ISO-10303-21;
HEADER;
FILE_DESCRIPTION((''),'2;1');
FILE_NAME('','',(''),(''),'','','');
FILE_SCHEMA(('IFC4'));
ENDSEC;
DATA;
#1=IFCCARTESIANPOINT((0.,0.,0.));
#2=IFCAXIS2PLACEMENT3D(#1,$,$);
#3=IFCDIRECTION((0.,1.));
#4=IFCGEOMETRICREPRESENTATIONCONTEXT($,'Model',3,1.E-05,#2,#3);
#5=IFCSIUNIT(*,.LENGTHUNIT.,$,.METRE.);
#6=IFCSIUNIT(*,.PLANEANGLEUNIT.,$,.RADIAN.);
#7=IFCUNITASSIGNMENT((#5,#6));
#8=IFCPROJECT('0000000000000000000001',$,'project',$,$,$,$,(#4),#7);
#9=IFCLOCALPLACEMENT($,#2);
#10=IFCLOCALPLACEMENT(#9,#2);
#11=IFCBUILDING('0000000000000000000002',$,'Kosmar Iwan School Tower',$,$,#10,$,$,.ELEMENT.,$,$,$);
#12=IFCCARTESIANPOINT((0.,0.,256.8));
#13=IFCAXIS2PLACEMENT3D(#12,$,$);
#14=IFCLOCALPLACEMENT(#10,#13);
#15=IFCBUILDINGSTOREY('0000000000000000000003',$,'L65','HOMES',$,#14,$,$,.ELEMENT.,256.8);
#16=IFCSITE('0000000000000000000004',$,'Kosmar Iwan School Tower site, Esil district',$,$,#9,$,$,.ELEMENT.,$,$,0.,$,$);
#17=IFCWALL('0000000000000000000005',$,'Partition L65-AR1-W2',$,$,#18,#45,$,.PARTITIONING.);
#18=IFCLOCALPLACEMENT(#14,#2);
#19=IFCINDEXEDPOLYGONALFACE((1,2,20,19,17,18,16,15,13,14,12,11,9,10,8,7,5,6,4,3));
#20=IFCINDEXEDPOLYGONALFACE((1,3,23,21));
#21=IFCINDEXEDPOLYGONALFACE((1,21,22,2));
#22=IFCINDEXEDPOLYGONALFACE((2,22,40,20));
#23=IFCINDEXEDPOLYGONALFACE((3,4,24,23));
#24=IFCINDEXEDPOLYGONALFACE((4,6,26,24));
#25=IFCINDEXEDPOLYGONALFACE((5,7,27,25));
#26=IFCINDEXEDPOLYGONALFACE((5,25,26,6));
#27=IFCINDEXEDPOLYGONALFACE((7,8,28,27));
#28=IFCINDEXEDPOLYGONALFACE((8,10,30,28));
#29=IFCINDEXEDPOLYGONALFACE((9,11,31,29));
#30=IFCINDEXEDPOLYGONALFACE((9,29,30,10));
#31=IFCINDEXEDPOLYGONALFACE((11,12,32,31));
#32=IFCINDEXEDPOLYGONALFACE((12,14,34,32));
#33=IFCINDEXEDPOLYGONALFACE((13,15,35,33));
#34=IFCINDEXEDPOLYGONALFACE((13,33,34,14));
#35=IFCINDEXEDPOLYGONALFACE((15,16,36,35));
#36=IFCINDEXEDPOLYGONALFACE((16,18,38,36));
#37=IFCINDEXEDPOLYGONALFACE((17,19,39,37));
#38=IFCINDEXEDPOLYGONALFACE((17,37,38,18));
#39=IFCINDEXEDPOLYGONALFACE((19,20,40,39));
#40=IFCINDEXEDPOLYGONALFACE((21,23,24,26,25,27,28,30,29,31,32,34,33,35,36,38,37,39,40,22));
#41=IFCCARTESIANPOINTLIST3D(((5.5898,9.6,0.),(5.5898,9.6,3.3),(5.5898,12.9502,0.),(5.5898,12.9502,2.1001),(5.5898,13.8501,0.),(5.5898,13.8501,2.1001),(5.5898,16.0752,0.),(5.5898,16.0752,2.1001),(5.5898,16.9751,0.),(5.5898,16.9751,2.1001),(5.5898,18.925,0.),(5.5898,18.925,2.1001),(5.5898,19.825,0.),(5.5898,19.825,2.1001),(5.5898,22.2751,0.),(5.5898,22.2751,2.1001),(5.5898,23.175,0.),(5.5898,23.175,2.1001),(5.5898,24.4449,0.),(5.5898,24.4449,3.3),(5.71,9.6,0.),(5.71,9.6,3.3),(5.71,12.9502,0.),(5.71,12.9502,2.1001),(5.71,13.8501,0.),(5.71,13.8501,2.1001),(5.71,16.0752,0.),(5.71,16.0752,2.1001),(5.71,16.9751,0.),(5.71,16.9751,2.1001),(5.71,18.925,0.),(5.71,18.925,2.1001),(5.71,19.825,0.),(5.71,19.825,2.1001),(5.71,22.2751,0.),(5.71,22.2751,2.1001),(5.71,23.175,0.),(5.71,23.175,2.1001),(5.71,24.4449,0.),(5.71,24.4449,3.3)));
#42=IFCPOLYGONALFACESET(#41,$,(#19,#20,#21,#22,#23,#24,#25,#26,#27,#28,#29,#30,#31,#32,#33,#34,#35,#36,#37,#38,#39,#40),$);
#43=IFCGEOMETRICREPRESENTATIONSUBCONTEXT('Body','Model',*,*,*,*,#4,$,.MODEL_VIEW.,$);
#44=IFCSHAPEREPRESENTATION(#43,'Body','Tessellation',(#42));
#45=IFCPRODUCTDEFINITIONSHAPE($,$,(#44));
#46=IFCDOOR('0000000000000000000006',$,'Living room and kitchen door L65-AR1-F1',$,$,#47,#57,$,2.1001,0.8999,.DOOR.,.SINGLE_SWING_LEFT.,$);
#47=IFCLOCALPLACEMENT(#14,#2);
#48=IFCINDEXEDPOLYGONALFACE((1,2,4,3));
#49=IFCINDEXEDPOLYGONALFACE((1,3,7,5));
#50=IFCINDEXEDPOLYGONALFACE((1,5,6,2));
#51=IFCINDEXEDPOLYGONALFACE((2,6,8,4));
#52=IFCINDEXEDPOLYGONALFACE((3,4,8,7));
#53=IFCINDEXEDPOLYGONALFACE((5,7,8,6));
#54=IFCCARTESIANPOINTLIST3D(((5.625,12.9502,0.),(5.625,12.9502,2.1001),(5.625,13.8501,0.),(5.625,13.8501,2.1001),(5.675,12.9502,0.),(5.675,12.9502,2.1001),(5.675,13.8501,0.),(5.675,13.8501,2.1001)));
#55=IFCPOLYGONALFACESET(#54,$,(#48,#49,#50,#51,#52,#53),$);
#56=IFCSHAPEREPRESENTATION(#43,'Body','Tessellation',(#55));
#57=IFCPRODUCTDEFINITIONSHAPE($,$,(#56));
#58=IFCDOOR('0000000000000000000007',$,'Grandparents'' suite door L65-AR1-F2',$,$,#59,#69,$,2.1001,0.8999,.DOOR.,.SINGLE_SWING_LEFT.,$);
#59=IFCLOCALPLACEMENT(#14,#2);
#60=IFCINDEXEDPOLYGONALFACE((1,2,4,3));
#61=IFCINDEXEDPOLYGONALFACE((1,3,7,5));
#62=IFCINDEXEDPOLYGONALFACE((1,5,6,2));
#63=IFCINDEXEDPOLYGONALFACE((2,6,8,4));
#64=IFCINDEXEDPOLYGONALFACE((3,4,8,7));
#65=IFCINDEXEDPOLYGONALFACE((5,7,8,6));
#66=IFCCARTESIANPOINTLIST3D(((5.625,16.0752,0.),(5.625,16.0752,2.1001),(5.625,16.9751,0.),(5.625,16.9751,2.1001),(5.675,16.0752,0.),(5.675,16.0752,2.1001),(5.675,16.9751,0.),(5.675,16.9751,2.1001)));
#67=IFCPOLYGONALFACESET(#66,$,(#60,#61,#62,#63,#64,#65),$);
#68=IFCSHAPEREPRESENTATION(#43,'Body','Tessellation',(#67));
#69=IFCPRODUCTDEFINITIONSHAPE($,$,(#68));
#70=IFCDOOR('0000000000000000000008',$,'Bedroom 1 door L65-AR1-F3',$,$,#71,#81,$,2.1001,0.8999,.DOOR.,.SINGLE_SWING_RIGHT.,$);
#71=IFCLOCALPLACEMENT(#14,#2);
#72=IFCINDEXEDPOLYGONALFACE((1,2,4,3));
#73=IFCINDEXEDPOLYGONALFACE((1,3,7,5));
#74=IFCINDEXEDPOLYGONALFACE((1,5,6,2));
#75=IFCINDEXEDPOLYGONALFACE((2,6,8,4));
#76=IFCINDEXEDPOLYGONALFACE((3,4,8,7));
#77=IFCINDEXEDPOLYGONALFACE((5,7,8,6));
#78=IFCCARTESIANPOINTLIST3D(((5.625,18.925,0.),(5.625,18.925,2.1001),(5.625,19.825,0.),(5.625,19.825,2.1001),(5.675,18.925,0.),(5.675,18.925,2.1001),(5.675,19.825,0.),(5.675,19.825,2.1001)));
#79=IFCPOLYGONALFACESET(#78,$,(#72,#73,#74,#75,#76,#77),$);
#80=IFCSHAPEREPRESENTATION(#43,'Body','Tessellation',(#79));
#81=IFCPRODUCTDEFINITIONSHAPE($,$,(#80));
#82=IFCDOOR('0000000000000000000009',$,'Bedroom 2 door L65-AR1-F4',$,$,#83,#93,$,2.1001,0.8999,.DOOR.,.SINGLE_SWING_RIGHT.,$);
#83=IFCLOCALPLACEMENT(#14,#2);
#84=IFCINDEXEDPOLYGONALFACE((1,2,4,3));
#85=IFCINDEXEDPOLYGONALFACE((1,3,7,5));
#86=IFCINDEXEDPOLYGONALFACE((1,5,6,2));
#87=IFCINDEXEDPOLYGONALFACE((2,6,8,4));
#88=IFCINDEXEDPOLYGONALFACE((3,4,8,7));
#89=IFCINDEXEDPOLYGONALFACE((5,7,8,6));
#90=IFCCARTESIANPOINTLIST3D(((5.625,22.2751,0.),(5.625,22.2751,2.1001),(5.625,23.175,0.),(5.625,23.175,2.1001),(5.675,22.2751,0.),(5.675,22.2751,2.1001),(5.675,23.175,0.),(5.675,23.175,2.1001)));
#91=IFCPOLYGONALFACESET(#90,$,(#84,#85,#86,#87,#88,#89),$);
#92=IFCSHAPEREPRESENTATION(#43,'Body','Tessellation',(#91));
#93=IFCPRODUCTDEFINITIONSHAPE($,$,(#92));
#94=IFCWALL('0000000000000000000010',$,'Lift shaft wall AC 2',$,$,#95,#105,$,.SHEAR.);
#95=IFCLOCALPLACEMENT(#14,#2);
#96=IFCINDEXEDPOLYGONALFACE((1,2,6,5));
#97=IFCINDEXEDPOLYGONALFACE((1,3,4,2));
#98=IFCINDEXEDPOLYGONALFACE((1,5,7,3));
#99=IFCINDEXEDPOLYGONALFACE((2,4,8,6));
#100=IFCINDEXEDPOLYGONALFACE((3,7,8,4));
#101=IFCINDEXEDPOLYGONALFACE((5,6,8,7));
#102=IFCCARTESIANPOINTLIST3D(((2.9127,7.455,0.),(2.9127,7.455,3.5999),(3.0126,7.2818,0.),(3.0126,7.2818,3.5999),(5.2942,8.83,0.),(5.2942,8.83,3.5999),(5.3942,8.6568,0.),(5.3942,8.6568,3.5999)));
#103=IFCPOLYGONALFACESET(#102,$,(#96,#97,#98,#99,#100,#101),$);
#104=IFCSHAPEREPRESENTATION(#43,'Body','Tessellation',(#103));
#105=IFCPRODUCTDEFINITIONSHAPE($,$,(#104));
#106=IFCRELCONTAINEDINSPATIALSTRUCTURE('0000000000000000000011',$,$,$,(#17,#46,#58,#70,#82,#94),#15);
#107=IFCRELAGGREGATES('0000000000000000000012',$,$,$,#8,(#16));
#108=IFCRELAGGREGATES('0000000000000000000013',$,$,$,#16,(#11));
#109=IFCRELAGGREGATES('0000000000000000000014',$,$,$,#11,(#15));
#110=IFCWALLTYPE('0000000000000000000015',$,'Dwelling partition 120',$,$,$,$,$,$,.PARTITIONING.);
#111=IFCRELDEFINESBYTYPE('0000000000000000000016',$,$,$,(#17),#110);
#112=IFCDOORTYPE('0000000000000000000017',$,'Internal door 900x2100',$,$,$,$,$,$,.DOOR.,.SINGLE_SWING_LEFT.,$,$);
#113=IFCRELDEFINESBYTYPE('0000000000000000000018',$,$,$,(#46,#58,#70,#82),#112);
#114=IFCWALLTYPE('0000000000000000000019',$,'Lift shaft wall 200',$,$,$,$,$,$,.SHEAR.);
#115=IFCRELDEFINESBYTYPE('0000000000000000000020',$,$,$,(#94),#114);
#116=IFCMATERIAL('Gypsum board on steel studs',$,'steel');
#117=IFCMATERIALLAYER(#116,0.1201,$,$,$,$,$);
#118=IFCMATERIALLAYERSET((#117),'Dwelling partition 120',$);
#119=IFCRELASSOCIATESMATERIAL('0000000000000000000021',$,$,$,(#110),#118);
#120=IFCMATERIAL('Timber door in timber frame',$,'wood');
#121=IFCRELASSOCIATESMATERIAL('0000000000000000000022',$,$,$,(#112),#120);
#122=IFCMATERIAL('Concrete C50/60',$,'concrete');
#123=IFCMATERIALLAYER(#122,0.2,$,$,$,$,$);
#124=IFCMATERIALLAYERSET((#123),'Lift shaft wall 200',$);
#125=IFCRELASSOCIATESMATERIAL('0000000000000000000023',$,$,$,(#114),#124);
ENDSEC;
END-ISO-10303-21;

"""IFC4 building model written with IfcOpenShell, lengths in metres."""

from ifc_helpers import new_model, si_unit, direction, frame, frame_2d, origin, place, context, subcontext, project, spatial, rectangle, extrude, material, layer, layer_set, type_object, element, fill, save


model = new_model("IFC4")

# Units and contexts
model_context = context("Model", 3, precision=1e-05, world=origin(), true_north=direction((0.0, 1.0)))
body_context = subcontext(model_context, "Body", "Model", "MODEL_VIEW")
ifc_project = project(units=[si_unit("LENGTHUNIT", "METRE"), si_unit("PLANEANGLEUNIT", "RADIAN")], contexts=[model_context])

# Site, building, storey
site_placement = place(None, origin())
site = spatial("IfcSite", under=ifc_project, at=site_placement, Name="Kosmar Iwan School Tower site, Esil district", CompositionType="ELEMENT", RefElevation=0.0)
building_placement = place(site_placement, origin())
building = spatial("IfcBuilding", under=site, at=building_placement, Name="Kosmar Iwan School Tower", CompositionType="ELEMENT")
storey_placement = place(building_placement, frame((0.0, 0.0, 256.8)))
storey = spatial("IfcBuildingStorey", under=building, at=storey_placement, Name="L65", Description="HOMES", CompositionType="ELEMENT", Elevation=256.8)

# Wall, openings, doors
ifc_material_1 = material(Name="Gypsum board on steel studs", Category="steel")
ifc_layer_1 = layer(ifc_material_1, 0.1201)
ifc_layer_set_1 = layer_set([ifc_layer_1], Name="Dwelling partition 120")
wall_type_1 = type_object("IfcWallType", Name="Dwelling partition 120", PredefinedType="PARTITIONING", material=ifc_layer_set_1)
ifc_material_2 = material(Name="Timber door in timber frame", Category="wood")
door_type_1 = type_object("IfcDoorType", Name="Internal door 900x2100", OperationType="SINGLE_SWING_LEFT", PredefinedType="DOOR", material=ifc_material_2)
wall_1_placement = place(storey_placement, frame((5.6499, 9.6001, 0.0), z_axis=(0.0, 0.0, 1.0), x_axis=(0.0, 1.0, 0.0)))
wall_1 = element("IfcWall", 1, at=wall_1_placement, inside=storey, type_object=wall_type_1, Name="Partition L65-AR1-W2", PredefinedType="PARTITIONING", context=body_context, shape_type="SweptSolid", body=[
    extrude(rectangle(XDim=14.845, YDim=0.1201, at=frame_2d((7.4224, 0.0))), origin(), (0.0, 0.0, 1.0), 3.3),
])
opening_1_placement = place(wall_1_placement, frame((3.3501, 0.0, 0.0)))
opening_1 = element("IfcOpeningElement", 2, at=opening_1_placement, cuts=wall_1, PredefinedType="OPENING", context=body_context, shape_type="SweptSolid", body=[
    extrude(rectangle(XDim=0.8999, YDim=2.1001, at=frame_2d((0.45, 1.05))), frame((0.0, 0.072, 0.0), z_axis=(0.0, -1.0, 0.0), x_axis=(1.0, 0.0, 0.0)), (0.0, 0.0, 1.0), 0.144),
])
opening_2_placement = place(wall_1_placement, frame((6.4751, 0.0, 0.0)))
opening_2 = element("IfcOpeningElement", 3, at=opening_2_placement, cuts=wall_1, PredefinedType="OPENING", context=body_context, shape_type="SweptSolid", body=[
    extrude(rectangle(XDim=0.8999, YDim=2.1001, at=frame_2d((0.45, 1.05))), frame((0.0, 0.072, 0.0), z_axis=(0.0, -1.0, 0.0), x_axis=(1.0, 0.0, 0.0)), (0.0, 0.0, 1.0), 0.144),
])
opening_3_placement = place(wall_1_placement, frame((9.325, 0.0, 0.0)))
opening_3 = element("IfcOpeningElement", 4, at=opening_3_placement, cuts=wall_1, PredefinedType="OPENING", context=body_context, shape_type="SweptSolid", body=[
    extrude(rectangle(XDim=0.8999, YDim=2.1001, at=frame_2d((0.45, 1.05))), frame((0.0, 0.072, 0.0), z_axis=(0.0, -1.0, 0.0), x_axis=(1.0, 0.0, 0.0)), (0.0, 0.0, 1.0), 0.144),
])
opening_4_placement = place(wall_1_placement, frame((12.675, 0.0, 0.0)))
opening_4 = element("IfcOpeningElement", 5, at=opening_4_placement, cuts=wall_1, PredefinedType="OPENING", context=body_context, shape_type="SweptSolid", body=[
    extrude(rectangle(XDim=0.8999, YDim=2.1001, at=frame_2d((0.45, 1.05))), frame((0.0, 0.072, 0.0), z_axis=(0.0, -1.0, 0.0), x_axis=(1.0, 0.0, 0.0)), (0.0, 0.0, 1.0), 0.144),
])
door_1_placement = place(opening_1_placement, origin())
door_1 = element("IfcDoor", 6, at=door_1_placement, inside=storey, type_object=door_type_1, Name="Living room and kitchen door L65-AR1-F1", OperationType="SINGLE_SWING_LEFT", OverallHeight=2.1001, OverallWidth=0.8999, PredefinedType="DOOR", context=body_context, shape_type="SweptSolid", body=[
    extrude(rectangle(XDim=0.8999, YDim=2.1001, at=frame_2d((0.45, 1.05))), frame((0.0, 0.0249, 0.0), z_axis=(0.0, -1.0, 0.0), x_axis=(1.0, 0.0, 0.0)), (0.0, 0.0, 1.0), 0.05),
])
fill(opening_1, door_1)
door_2_placement = place(opening_2_placement, origin())
door_2 = element("IfcDoor", 7, at=door_2_placement, inside=storey, type_object=door_type_1, Name="Grandparents' suite door L65-AR1-F2", OperationType="SINGLE_SWING_LEFT", OverallHeight=2.1001, OverallWidth=0.8999, PredefinedType="DOOR", context=body_context, shape_type="SweptSolid", body=[
    extrude(rectangle(XDim=0.8999, YDim=2.1001, at=frame_2d((0.45, 1.05))), frame((0.0, 0.0249, 0.0), z_axis=(0.0, -1.0, 0.0), x_axis=(1.0, 0.0, 0.0)), (0.0, 0.0, 1.0), 0.05),
])
fill(opening_2, door_2)
door_3_placement = place(opening_3_placement, origin())
door_3 = element("IfcDoor", 8, at=door_3_placement, inside=storey, type_object=door_type_1, Name="Bedroom 1 door L65-AR1-F3", OperationType="SINGLE_SWING_RIGHT", OverallHeight=2.1001, OverallWidth=0.8999, PredefinedType="DOOR", context=body_context, shape_type="SweptSolid", body=[
    extrude(rectangle(XDim=0.8999, YDim=2.1001, at=frame_2d((0.45, 1.05))), frame((0.0, 0.0249, 0.0), z_axis=(0.0, -1.0, 0.0), x_axis=(1.0, 0.0, 0.0)), (0.0, 0.0, 1.0), 0.05),
])
fill(opening_3, door_3)
door_4_placement = place(opening_4_placement, origin())
door_4 = element("IfcDoor", 9, at=door_4_placement, inside=storey, type_object=door_type_1, Name="Bedroom 2 door L65-AR1-F4", OperationType="SINGLE_SWING_RIGHT", OverallHeight=2.1001, OverallWidth=0.8999, PredefinedType="DOOR", context=body_context, shape_type="SweptSolid", body=[
    extrude(rectangle(XDim=0.8999, YDim=2.1001, at=frame_2d((0.45, 1.05))), frame((0.0, 0.0249, 0.0), z_axis=(0.0, -1.0, 0.0), x_axis=(1.0, 0.0, 0.0)), (0.0, 0.0, 1.0), 0.05),
])
fill(opening_4, door_4)

# Wall
ifc_material_3 = material(Name="Concrete C50/60", Category="concrete")
ifc_layer_2 = layer(ifc_material_3, 0.2)
ifc_layer_set_2 = layer_set([ifc_layer_2], Name="Lift shaft wall 200")
wall_type_2 = type_object("IfcWallType", Name="Lift shaft wall 200", PredefinedType="SHEAR", material=ifc_layer_set_2)
wall_2_placement = place(storey_placement, frame((2.9626, 7.3684, 0.0), z_axis=(0.0, 0.0, 1.0), x_axis=(0.866027, 0.499997, 0.0)))
element("IfcWall", 10, at=wall_2_placement, inside=storey, type_object=wall_type_2, Name="Lift shaft wall AC 2", PredefinedType="SHEAR", context=body_context, shape_type="SweptSolid", body=[
    extrude(rectangle(XDim=2.75, YDim=0.2, at=frame_2d((1.375, 0.0))), origin(), (0.0, 0.0, 1.0), 3.5999),
])

save(model, "model.ifc")
